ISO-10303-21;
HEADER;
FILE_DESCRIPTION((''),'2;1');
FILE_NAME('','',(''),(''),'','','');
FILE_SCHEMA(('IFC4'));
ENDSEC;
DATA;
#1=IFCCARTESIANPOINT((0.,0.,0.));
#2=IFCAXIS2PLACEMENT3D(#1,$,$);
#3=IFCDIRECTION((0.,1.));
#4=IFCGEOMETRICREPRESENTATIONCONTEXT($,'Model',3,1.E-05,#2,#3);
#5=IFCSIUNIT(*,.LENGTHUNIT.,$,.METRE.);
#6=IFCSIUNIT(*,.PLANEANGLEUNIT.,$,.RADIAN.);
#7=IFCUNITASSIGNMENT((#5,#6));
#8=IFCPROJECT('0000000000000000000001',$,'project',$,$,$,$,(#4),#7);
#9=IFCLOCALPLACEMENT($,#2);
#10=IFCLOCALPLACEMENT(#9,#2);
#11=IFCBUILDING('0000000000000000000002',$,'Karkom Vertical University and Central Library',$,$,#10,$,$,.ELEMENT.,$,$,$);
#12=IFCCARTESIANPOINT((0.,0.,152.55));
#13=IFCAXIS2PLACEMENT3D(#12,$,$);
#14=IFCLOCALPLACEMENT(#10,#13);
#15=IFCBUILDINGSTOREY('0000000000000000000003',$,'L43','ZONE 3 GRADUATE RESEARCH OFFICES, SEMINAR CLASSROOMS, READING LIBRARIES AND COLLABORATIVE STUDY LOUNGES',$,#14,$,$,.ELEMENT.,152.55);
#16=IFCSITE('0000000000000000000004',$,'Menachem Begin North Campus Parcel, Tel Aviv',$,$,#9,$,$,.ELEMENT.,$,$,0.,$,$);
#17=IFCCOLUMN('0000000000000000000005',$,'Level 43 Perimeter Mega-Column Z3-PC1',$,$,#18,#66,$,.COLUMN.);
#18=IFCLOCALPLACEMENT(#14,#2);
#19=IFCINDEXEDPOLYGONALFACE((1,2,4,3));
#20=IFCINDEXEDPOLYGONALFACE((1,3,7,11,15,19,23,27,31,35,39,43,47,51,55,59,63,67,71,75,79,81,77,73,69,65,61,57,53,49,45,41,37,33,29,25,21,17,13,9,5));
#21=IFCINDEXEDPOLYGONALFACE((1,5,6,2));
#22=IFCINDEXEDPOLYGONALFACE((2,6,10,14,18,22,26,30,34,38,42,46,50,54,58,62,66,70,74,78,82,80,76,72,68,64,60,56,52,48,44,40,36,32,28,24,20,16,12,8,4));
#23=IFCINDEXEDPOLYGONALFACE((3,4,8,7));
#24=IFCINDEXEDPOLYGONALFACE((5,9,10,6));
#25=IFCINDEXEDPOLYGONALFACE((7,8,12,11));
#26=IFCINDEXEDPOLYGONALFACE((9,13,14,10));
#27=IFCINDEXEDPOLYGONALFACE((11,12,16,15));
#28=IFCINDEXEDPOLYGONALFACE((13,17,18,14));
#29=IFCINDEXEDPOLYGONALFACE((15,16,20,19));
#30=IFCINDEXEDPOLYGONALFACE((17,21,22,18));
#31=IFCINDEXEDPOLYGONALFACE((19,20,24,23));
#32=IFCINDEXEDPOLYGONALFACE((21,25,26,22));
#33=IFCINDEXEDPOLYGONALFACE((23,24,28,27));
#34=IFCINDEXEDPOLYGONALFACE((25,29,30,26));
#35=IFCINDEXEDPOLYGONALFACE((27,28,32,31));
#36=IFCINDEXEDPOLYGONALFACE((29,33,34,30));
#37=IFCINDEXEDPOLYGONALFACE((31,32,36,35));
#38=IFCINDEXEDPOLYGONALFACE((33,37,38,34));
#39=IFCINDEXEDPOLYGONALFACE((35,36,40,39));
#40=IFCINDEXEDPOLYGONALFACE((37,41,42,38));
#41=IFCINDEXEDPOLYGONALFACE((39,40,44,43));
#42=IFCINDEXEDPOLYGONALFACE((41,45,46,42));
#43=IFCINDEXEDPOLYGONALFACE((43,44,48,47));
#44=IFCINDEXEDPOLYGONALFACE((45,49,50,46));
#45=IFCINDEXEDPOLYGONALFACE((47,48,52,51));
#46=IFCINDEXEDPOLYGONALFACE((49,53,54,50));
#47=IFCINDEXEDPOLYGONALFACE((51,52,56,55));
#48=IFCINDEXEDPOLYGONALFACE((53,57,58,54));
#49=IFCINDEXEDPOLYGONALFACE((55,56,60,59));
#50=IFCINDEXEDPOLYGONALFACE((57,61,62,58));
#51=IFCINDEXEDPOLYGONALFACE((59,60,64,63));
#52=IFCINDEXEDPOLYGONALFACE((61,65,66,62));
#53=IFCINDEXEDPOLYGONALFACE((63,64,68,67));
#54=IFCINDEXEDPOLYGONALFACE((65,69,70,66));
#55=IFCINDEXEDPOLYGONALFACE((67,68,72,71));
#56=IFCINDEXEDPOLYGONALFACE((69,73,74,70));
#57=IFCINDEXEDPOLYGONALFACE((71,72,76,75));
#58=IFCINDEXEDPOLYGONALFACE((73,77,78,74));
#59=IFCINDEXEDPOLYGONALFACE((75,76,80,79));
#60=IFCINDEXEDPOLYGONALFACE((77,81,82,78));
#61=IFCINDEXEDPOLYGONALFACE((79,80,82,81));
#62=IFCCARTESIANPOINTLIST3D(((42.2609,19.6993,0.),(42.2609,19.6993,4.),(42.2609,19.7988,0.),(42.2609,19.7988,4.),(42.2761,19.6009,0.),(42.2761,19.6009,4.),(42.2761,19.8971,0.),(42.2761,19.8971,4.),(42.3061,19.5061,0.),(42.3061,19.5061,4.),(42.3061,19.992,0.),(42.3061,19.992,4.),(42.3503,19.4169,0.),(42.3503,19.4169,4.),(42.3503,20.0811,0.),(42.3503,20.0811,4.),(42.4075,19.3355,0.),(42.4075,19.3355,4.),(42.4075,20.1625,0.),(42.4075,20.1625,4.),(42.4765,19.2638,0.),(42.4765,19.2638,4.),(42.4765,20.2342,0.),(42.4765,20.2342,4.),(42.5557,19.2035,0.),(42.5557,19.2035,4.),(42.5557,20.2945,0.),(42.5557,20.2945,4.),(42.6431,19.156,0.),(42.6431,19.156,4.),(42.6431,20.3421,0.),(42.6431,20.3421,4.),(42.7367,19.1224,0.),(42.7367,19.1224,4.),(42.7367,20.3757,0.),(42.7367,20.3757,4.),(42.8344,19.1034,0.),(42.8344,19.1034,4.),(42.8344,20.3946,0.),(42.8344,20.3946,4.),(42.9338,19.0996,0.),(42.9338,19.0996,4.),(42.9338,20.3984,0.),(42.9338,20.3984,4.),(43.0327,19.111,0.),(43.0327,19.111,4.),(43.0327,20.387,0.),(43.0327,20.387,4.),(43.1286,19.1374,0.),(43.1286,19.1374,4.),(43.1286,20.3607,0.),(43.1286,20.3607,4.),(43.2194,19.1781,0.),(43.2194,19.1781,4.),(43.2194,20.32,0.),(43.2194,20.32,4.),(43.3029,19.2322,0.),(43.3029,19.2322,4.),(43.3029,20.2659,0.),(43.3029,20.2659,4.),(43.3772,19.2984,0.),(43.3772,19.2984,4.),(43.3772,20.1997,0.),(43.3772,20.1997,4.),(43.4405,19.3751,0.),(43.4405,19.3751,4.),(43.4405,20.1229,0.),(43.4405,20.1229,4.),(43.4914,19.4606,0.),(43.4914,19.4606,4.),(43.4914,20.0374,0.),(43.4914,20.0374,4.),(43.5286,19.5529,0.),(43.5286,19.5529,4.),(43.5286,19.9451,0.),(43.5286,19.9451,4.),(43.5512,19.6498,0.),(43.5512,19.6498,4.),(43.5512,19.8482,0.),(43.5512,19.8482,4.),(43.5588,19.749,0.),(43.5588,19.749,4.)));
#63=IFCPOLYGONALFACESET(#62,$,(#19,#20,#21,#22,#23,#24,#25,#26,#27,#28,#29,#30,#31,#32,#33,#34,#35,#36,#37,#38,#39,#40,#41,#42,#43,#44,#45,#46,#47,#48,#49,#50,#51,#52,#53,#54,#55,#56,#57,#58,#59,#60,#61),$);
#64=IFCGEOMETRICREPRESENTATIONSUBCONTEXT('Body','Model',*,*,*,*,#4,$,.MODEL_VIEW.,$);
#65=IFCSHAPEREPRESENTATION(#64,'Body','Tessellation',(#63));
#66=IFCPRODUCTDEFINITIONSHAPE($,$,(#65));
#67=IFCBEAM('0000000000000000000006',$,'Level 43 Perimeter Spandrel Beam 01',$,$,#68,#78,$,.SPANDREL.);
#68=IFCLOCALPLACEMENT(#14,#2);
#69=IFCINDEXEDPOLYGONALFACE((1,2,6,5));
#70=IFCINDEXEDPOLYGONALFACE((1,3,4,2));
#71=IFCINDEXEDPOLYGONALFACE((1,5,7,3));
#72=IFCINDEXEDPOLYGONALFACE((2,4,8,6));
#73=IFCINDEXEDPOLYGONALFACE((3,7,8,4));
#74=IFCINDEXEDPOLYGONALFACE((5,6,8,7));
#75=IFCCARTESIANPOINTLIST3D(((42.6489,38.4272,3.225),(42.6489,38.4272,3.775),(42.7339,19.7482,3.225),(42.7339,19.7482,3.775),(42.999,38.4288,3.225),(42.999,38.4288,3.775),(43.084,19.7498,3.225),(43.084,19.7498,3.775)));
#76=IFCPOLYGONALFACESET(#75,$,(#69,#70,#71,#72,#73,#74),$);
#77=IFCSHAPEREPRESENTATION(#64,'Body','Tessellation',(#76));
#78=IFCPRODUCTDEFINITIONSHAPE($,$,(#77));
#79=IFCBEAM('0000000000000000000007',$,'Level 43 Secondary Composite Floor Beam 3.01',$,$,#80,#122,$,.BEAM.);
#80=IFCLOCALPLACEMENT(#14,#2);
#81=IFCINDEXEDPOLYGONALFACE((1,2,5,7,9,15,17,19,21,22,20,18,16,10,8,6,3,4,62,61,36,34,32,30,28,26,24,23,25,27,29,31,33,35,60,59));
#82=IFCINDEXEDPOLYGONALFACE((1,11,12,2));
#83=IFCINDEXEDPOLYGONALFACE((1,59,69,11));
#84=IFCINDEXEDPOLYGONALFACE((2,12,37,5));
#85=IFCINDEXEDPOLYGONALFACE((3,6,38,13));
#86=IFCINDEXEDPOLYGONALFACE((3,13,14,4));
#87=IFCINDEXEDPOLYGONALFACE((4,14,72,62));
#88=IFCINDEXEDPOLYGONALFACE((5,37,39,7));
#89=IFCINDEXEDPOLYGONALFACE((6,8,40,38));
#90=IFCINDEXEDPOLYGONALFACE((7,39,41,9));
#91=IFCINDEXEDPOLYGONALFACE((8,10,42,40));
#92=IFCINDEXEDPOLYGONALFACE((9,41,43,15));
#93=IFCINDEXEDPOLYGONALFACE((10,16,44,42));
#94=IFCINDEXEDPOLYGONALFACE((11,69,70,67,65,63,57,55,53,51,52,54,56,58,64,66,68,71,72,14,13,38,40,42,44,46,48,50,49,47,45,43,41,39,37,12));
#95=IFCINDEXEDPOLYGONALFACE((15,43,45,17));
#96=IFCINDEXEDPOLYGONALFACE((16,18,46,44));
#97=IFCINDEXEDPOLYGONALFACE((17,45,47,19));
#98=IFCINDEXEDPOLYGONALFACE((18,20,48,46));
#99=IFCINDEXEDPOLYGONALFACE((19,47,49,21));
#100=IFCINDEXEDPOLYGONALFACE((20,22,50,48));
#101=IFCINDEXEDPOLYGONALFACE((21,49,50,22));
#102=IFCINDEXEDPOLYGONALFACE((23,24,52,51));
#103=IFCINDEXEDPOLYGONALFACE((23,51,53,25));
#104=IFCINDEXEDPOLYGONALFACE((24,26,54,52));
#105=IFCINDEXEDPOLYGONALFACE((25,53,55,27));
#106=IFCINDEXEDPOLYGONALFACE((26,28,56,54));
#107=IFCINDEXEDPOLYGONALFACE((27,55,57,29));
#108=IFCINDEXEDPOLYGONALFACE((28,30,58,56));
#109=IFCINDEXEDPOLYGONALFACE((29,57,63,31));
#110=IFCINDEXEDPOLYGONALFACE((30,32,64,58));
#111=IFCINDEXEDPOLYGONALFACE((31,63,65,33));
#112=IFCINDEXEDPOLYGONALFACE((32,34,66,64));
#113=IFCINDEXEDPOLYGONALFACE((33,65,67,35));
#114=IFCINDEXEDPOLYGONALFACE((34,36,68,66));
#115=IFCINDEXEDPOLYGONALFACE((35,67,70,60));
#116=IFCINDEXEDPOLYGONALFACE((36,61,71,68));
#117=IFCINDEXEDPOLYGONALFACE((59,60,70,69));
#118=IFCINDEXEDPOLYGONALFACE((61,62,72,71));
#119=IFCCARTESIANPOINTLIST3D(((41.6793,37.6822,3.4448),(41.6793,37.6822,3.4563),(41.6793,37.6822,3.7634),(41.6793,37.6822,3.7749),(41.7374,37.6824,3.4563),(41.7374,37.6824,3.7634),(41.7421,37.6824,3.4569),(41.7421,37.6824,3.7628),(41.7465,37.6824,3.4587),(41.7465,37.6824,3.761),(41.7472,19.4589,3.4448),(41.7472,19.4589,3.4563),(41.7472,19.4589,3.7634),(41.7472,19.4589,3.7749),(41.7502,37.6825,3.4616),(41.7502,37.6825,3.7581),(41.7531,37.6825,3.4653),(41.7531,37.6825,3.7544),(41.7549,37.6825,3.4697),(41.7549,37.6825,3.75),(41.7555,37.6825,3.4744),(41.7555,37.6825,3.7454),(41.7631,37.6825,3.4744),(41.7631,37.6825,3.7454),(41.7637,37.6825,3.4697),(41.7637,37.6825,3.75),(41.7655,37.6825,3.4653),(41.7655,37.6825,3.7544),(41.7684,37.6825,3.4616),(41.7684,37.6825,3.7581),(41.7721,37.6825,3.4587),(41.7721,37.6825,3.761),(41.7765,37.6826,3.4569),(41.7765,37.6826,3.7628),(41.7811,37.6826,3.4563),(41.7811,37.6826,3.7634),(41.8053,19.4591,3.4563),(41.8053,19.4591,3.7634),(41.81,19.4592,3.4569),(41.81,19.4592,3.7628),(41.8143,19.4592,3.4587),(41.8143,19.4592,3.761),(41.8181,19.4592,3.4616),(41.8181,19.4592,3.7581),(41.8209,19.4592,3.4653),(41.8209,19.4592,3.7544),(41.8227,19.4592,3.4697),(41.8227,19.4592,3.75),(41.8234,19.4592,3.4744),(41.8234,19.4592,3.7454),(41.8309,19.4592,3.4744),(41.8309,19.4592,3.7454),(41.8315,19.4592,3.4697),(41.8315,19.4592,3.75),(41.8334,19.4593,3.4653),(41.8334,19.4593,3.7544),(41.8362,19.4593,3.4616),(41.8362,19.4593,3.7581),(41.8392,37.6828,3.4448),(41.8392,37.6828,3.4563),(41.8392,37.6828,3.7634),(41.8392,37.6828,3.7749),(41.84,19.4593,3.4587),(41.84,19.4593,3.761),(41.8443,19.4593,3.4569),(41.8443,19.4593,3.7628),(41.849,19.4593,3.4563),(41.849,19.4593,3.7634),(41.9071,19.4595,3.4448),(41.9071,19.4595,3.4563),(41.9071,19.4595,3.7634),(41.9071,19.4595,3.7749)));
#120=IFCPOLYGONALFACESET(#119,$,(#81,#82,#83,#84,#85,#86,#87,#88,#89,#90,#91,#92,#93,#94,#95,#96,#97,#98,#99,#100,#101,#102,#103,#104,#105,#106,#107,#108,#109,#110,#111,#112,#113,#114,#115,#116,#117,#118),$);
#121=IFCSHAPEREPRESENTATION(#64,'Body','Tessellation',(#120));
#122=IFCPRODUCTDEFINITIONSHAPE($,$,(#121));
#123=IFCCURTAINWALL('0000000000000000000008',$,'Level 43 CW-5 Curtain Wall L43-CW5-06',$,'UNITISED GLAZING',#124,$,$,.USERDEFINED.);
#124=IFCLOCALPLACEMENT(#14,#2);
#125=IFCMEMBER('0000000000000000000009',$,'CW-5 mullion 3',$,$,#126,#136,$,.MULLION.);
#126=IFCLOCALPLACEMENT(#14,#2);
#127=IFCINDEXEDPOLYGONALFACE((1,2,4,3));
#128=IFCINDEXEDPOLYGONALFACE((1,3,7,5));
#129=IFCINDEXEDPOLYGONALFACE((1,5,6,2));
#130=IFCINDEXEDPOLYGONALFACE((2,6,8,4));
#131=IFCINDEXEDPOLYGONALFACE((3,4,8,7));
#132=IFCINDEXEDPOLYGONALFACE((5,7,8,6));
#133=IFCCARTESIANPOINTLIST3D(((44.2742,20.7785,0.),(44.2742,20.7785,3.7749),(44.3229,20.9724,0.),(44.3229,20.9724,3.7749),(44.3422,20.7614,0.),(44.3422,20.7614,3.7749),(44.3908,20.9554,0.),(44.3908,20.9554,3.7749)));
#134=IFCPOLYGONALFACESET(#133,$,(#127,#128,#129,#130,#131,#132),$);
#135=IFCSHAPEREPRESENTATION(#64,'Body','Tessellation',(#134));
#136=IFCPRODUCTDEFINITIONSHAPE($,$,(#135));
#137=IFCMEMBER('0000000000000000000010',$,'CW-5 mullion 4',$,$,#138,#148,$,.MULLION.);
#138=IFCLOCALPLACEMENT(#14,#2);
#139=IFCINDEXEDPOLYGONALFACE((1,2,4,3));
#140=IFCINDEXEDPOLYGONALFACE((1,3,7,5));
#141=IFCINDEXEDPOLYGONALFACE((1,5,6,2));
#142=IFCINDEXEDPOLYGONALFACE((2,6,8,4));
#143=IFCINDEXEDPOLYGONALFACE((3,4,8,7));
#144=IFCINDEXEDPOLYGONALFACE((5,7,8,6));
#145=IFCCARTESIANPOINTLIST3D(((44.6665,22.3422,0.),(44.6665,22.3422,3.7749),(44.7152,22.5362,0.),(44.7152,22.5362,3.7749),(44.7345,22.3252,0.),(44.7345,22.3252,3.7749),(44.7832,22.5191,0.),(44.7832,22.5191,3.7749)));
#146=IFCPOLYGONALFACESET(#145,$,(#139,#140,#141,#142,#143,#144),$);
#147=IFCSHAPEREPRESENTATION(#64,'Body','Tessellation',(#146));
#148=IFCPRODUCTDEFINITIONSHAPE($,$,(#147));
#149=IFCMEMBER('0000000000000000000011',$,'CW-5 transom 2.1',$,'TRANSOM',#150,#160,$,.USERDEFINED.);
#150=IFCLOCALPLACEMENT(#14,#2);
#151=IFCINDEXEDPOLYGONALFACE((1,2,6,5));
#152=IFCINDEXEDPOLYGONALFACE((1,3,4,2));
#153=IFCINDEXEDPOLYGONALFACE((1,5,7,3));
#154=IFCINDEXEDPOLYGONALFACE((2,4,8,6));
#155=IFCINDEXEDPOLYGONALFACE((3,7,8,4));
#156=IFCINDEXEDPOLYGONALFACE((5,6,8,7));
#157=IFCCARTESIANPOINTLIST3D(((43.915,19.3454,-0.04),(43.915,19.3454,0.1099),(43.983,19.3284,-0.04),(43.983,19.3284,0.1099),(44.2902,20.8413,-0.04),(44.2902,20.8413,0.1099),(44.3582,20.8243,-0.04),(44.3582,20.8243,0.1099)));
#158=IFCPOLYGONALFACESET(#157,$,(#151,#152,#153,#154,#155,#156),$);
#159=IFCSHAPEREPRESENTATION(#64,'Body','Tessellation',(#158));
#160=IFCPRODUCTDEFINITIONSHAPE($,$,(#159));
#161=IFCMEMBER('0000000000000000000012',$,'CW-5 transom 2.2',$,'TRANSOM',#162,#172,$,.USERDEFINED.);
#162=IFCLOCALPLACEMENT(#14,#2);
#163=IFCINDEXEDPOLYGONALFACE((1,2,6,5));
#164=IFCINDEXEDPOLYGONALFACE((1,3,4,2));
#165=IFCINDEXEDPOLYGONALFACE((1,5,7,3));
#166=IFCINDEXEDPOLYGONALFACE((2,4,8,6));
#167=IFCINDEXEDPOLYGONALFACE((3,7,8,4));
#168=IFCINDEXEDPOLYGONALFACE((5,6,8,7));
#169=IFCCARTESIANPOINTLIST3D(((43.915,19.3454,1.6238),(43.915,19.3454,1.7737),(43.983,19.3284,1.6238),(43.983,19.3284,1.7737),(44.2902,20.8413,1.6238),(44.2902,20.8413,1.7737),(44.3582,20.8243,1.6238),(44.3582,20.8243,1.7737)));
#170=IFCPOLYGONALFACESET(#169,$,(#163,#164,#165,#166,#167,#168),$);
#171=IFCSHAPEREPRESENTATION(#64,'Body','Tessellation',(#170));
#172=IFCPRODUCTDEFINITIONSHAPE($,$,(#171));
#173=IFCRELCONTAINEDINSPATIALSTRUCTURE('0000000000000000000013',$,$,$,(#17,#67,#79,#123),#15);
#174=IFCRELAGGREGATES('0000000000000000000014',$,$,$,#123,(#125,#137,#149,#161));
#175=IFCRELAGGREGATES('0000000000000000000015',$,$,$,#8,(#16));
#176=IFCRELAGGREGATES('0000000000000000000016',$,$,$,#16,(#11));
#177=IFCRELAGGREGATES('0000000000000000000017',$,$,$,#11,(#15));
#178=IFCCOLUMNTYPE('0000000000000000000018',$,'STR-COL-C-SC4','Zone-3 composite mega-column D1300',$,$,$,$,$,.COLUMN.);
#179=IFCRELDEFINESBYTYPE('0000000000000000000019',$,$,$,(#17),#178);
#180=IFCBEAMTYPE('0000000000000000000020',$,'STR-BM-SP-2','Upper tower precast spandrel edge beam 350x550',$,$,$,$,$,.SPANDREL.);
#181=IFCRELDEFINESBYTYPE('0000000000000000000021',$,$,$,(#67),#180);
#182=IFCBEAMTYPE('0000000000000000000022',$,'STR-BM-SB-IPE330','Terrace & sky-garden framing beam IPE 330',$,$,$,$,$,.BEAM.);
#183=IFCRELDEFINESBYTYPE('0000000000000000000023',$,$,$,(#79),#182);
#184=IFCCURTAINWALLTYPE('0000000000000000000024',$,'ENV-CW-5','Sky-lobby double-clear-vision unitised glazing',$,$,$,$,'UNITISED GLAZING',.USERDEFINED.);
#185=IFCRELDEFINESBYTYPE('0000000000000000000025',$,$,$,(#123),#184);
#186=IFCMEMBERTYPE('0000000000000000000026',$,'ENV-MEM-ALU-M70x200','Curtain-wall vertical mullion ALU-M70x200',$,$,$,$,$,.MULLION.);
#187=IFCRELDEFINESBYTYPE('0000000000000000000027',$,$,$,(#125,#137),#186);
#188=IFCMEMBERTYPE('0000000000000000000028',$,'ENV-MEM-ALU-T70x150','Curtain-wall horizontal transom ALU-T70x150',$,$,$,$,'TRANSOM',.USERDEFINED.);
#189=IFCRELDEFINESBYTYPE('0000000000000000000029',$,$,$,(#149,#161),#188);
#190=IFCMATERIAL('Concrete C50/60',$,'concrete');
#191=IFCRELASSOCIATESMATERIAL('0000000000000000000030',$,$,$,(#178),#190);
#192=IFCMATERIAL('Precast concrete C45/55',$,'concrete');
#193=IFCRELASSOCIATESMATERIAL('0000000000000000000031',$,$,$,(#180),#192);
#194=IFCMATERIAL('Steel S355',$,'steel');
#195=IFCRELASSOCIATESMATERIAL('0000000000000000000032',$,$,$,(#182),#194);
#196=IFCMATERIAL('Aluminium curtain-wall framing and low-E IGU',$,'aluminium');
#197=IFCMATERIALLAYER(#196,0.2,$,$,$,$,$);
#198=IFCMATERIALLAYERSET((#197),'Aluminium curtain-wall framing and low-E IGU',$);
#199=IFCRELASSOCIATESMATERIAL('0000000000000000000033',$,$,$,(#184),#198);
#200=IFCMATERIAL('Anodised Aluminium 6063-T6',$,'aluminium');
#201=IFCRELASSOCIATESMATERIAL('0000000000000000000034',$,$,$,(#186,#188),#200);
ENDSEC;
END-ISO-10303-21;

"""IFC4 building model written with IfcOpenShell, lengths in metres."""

from ifc_helpers import new_model, si_unit, direction, frame, origin, origin_with_axes, origin_2d, place, context, subcontext, project, spatial, rectangle, circle, i_section, extrude, source, transform, mapped, material, layer, layer_set, material_profile, profile_set, type_object, element, aggregate, save


model = new_model("IFC4")

# Units and contexts
model_context = context("Model", 3, precision=1e-05, world=origin(), true_north=direction((0.0, 1.0)))
body_context = subcontext(model_context, "Body", "Model", "MODEL_VIEW")
ifc_project = project(units=[si_unit("LENGTHUNIT", "METRE"), si_unit("PLANEANGLEUNIT", "RADIAN")], contexts=[model_context])

# Site, building, storey
site_placement = place(None, origin())
site = spatial("IfcSite", under=ifc_project, at=site_placement, Name="Menachem Begin North Campus Parcel, Tel Aviv", CompositionType="ELEMENT", RefElevation=0.0)
building_placement = place(site_placement, origin())
building = spatial("IfcBuilding", under=site, at=building_placement, Name="Karkom Vertical University and Central Library", CompositionType="ELEMENT")
storey_placement = place(building_placement, frame((0.0, 0.0, 152.55)))
storey = spatial("IfcBuildingStorey", under=building, at=storey_placement, Name="L43", Description="ZONE 3 GRADUATE RESEARCH OFFICES, SEMINAR CLASSROOMS, READING LIBRARIES AND COLLABORATIVE STUDY LOUNGES", CompositionType="ELEMENT", Elevation=152.55)

# Column
ifc_material_1 = material(Name="Concrete C50/60", Category="concrete")
ifc_material_profile_1 = material_profile(ifc_material_1, circle(Radius=0.6499, at=origin_2d()), Name="CFT-D1300")
ifc_profile_set_1 = profile_set([ifc_material_profile_1], Name="Concrete C50/60")
column_type = type_object("IfcColumnType", Name="STR-COL-C-SC4", Description="Zone-3 composite mega-column D1300", PredefinedType="COLUMN", material=ifc_profile_set_1)
shared_shape_1 = source(origin_with_axes(), body_context, "Body", "SweptSolid", [
    extrude(circle(Radius=0.6499, at=origin_2d()), origin(), (0.0, 0.0, 1.0), 4.0),
])
column_placement = place(storey_placement, frame((42.9089, 19.749, 0.0), z_axis=(0.0, 0.0, 1.0), x_axis=(1.0, 0.0, 0.0)))
element("IfcColumn", 1, at=column_placement, inside=storey, type_object=column_type, Name="Level 43 Perimeter Mega-Column Z3-PC1", PredefinedType="COLUMN", context=body_context, shape_type="MappedRepresentation", body=[
    mapped(shared_shape_1, transform((0.0, 0.0, 0.0), scale=1.0)),
])

# Beams
ifc_material_2 = material(Name="Precast concrete C45/55", Category="concrete")
ifc_material_profile_2 = material_profile(ifc_material_2, rectangle(XDim=0.3501, YDim=0.55, at=origin_2d()), Name="SPB-350x550")
ifc_profile_set_2 = profile_set([ifc_material_profile_2], Name="Precast concrete C45/55")
beam_type_1 = type_object("IfcBeamType", Name="STR-BM-SP-2", Description="Upper tower precast spandrel edge beam 350x550", PredefinedType="SPANDREL", material=ifc_profile_set_2)
shared_shape_2 = source(origin_with_axes(), body_context, "Body", "SweptSolid", [
    extrude(rectangle(XDim=0.3501, YDim=0.55, at=origin_2d()), origin(), (0.0, 0.0, 1.0), 18.6792),
])
beam_1_placement = place(storey_placement, frame((42.9089, 19.749, 3.5), z_axis=(-0.004548, 0.99999, 0.0), x_axis=(-0.99999, -0.004548, 0.0)))
element("IfcBeam", 2, at=beam_1_placement, inside=storey, type_object=beam_type_1, Name="Level 43 Perimeter Spandrel Beam 01", PredefinedType="SPANDREL", context=body_context, shape_type="MappedRepresentation", body=[
    mapped(shared_shape_2, transform((0.0, 0.0, 0.0), scale=1.0)),
])
ifc_material_3 = material(Name="Steel S355", Category="steel")
ifc_material_profile_3 = material_profile(ifc_material_3, i_section(OverallWidth=0.1599, OverallDepth=0.3301, WebThickness=0.0076, FlangeThickness=0.0115, FilletRadius=0.0181, at=origin_2d()), Name="IPE 330")
ifc_profile_set_3 = profile_set([ifc_material_profile_3], Name="Steel S355")
beam_type_2 = type_object("IfcBeamType", Name="STR-BM-SB-IPE330", Description="Terrace & sky-garden framing beam IPE 330", PredefinedType="BEAM", material=ifc_profile_set_3)
shared_shape_3 = source(origin_with_axes(), body_context, "Body", "SweptSolid", [
    extrude(i_section(OverallWidth=0.1599, OverallDepth=0.3301, WebThickness=0.0076, FlangeThickness=0.0115, FilletRadius=0.0181, at=origin_2d()), origin(), (0.0, 0.0, 1.0), 18.2234),
])
beam_2_placement = place(storey_placement, frame((41.8271, 19.4592, 3.6099), z_axis=(-0.003724, 0.999993, 0.0), x_axis=(-0.999993, -0.003724, 0.0)))
element("IfcBeam", 3, at=beam_2_placement, inside=storey, type_object=beam_type_2, Name="Level 43 Secondary Composite Floor Beam 3.01", PredefinedType="BEAM", context=body_context, shape_type="MappedRepresentation", body=[
    mapped(shared_shape_3, transform((0.0, 0.0, 0.0), scale=1.0)),
])

# Curtain wall, members
ifc_material_4 = material(Name="Aluminium curtain-wall framing and low-E IGU", Category="aluminium")
ifc_layer_1 = layer(ifc_material_4, 0.2)
ifc_layer_set_1 = layer_set([ifc_layer_1], Name="Aluminium curtain-wall framing and low-E IGU")
curtain_wall_type = type_object("IfcCurtainWallType", Name="ENV-CW-5", Description="Sky-lobby double-clear-vision unitised glazing", ElementType="UNITISED GLAZING", PredefinedType="USERDEFINED", material=ifc_layer_set_1)
curtain_wall_placement = place(storey_placement, origin())
curtain_wall = element("IfcCurtainWall", 4, at=curtain_wall_placement, inside=storey, type_object=curtain_wall_type, Name="Level 43 CW-5 Curtain Wall L43-CW5-06", ObjectType="UNITISED GLAZING", PredefinedType="USERDEFINED")
ifc_material_5 = material(Name="Anodised Aluminium 6063-T6", Category="aluminium")
ifc_material_profile_4 = material_profile(ifc_material_5, rectangle(XDim=0.0701, YDim=0.2, at=origin_2d()), Name="ALU-M70x200")
ifc_profile_set_4 = profile_set([ifc_material_profile_4], Name="Anodised Aluminium 6063-T6")
member_type_1 = type_object("IfcMemberType", Name="ENV-MEM-ALU-M70x200", Description="Curtain-wall vertical mullion ALU-M70x200", PredefinedType="MULLION", material=ifc_profile_set_4)
shared_shape_4 = source(origin_with_axes(), body_context, "Body", "SweptSolid", [
    extrude(rectangle(XDim=0.0701, YDim=0.2, at=origin_2d()), origin(), (0.0, 0.0, 1.0), 3.7749),
])
member_1_placement = place(storey_placement, frame((44.3325, 20.8669, 0.0), z_axis=(0.0, 0.0, 1.0), x_axis=(-0.969956, 0.24328, 0.0)))
member_1 = element("IfcMember", 5, at=member_1_placement, type_object=member_type_1, Name="CW-5 mullion 3", PredefinedType="MULLION", context=body_context, shape_type="MappedRepresentation", body=[
    mapped(shared_shape_4, transform((0.0, 0.0, 0.0), scale=1.0)),
])
member_2_placement = place(storey_placement, frame((44.7249, 22.4307, 0.0), z_axis=(0.0, 0.0, 1.0), x_axis=(-0.969956, 0.24328, 0.0)))
member_2 = element("IfcMember", 6, at=member_2_placement, type_object=member_type_1, Name="CW-5 mullion 4", PredefinedType="MULLION", context=body_context, shape_type="MappedRepresentation", body=[
    mapped(shared_shape_4, transform((0.0, 0.0, 0.0), scale=1.0)),
])
ifc_material_profile_5 = material_profile(ifc_material_5, rectangle(XDim=0.0701, YDim=0.1499, at=origin_2d()), Name="ALU-T70x150")
ifc_profile_set_5 = profile_set([ifc_material_profile_5], Name="Anodised Aluminium 6063-T6")
member_type_2 = type_object("IfcMemberType", Name="ENV-MEM-ALU-T70x150", Description="Curtain-wall horizontal transom ALU-T70x150", ElementType="TRANSOM", PredefinedType="USERDEFINED", material=ifc_profile_set_5)
shared_shape_5 = source(origin_with_axes(), body_context, "Body", "SweptSolid", [
    extrude(rectangle(XDim=0.0701, YDim=0.1499, at=origin_2d()), origin(), (0.0, 0.0, 1.0), 1.5422),
])
member_3_placement = place(storey_placement, frame((43.949, 19.3369, 0.0349), z_axis=(0.243318, 0.969947, 0.0), x_axis=(-0.969947, 0.243318, 0.0)))
member_3 = element("IfcMember", 7, at=member_3_placement, type_object=member_type_2, Name="CW-5 transom 2.1", ObjectType="TRANSOM", PredefinedType="USERDEFINED", context=body_context, shape_type="MappedRepresentation", body=[
    mapped(shared_shape_5, transform((0.0, 0.0, 0.0), scale=1.0)),
])
member_4_placement = place(storey_placement, frame((43.949, 19.3369, 1.6987), z_axis=(0.243318, 0.969947, 0.0), x_axis=(-0.969947, 0.243318, 0.0)))
member_4 = element("IfcMember", 8, at=member_4_placement, type_object=member_type_2, Name="CW-5 transom 2.2", ObjectType="TRANSOM", PredefinedType="USERDEFINED", context=body_context, shape_type="MappedRepresentation", body=[
    mapped(shared_shape_5, transform((0.0, 0.0, 0.0), scale=1.0)),
])
aggregate(curtain_wall, [member_1, member_2, member_3, member_4])

save(model, "model.ifc")
